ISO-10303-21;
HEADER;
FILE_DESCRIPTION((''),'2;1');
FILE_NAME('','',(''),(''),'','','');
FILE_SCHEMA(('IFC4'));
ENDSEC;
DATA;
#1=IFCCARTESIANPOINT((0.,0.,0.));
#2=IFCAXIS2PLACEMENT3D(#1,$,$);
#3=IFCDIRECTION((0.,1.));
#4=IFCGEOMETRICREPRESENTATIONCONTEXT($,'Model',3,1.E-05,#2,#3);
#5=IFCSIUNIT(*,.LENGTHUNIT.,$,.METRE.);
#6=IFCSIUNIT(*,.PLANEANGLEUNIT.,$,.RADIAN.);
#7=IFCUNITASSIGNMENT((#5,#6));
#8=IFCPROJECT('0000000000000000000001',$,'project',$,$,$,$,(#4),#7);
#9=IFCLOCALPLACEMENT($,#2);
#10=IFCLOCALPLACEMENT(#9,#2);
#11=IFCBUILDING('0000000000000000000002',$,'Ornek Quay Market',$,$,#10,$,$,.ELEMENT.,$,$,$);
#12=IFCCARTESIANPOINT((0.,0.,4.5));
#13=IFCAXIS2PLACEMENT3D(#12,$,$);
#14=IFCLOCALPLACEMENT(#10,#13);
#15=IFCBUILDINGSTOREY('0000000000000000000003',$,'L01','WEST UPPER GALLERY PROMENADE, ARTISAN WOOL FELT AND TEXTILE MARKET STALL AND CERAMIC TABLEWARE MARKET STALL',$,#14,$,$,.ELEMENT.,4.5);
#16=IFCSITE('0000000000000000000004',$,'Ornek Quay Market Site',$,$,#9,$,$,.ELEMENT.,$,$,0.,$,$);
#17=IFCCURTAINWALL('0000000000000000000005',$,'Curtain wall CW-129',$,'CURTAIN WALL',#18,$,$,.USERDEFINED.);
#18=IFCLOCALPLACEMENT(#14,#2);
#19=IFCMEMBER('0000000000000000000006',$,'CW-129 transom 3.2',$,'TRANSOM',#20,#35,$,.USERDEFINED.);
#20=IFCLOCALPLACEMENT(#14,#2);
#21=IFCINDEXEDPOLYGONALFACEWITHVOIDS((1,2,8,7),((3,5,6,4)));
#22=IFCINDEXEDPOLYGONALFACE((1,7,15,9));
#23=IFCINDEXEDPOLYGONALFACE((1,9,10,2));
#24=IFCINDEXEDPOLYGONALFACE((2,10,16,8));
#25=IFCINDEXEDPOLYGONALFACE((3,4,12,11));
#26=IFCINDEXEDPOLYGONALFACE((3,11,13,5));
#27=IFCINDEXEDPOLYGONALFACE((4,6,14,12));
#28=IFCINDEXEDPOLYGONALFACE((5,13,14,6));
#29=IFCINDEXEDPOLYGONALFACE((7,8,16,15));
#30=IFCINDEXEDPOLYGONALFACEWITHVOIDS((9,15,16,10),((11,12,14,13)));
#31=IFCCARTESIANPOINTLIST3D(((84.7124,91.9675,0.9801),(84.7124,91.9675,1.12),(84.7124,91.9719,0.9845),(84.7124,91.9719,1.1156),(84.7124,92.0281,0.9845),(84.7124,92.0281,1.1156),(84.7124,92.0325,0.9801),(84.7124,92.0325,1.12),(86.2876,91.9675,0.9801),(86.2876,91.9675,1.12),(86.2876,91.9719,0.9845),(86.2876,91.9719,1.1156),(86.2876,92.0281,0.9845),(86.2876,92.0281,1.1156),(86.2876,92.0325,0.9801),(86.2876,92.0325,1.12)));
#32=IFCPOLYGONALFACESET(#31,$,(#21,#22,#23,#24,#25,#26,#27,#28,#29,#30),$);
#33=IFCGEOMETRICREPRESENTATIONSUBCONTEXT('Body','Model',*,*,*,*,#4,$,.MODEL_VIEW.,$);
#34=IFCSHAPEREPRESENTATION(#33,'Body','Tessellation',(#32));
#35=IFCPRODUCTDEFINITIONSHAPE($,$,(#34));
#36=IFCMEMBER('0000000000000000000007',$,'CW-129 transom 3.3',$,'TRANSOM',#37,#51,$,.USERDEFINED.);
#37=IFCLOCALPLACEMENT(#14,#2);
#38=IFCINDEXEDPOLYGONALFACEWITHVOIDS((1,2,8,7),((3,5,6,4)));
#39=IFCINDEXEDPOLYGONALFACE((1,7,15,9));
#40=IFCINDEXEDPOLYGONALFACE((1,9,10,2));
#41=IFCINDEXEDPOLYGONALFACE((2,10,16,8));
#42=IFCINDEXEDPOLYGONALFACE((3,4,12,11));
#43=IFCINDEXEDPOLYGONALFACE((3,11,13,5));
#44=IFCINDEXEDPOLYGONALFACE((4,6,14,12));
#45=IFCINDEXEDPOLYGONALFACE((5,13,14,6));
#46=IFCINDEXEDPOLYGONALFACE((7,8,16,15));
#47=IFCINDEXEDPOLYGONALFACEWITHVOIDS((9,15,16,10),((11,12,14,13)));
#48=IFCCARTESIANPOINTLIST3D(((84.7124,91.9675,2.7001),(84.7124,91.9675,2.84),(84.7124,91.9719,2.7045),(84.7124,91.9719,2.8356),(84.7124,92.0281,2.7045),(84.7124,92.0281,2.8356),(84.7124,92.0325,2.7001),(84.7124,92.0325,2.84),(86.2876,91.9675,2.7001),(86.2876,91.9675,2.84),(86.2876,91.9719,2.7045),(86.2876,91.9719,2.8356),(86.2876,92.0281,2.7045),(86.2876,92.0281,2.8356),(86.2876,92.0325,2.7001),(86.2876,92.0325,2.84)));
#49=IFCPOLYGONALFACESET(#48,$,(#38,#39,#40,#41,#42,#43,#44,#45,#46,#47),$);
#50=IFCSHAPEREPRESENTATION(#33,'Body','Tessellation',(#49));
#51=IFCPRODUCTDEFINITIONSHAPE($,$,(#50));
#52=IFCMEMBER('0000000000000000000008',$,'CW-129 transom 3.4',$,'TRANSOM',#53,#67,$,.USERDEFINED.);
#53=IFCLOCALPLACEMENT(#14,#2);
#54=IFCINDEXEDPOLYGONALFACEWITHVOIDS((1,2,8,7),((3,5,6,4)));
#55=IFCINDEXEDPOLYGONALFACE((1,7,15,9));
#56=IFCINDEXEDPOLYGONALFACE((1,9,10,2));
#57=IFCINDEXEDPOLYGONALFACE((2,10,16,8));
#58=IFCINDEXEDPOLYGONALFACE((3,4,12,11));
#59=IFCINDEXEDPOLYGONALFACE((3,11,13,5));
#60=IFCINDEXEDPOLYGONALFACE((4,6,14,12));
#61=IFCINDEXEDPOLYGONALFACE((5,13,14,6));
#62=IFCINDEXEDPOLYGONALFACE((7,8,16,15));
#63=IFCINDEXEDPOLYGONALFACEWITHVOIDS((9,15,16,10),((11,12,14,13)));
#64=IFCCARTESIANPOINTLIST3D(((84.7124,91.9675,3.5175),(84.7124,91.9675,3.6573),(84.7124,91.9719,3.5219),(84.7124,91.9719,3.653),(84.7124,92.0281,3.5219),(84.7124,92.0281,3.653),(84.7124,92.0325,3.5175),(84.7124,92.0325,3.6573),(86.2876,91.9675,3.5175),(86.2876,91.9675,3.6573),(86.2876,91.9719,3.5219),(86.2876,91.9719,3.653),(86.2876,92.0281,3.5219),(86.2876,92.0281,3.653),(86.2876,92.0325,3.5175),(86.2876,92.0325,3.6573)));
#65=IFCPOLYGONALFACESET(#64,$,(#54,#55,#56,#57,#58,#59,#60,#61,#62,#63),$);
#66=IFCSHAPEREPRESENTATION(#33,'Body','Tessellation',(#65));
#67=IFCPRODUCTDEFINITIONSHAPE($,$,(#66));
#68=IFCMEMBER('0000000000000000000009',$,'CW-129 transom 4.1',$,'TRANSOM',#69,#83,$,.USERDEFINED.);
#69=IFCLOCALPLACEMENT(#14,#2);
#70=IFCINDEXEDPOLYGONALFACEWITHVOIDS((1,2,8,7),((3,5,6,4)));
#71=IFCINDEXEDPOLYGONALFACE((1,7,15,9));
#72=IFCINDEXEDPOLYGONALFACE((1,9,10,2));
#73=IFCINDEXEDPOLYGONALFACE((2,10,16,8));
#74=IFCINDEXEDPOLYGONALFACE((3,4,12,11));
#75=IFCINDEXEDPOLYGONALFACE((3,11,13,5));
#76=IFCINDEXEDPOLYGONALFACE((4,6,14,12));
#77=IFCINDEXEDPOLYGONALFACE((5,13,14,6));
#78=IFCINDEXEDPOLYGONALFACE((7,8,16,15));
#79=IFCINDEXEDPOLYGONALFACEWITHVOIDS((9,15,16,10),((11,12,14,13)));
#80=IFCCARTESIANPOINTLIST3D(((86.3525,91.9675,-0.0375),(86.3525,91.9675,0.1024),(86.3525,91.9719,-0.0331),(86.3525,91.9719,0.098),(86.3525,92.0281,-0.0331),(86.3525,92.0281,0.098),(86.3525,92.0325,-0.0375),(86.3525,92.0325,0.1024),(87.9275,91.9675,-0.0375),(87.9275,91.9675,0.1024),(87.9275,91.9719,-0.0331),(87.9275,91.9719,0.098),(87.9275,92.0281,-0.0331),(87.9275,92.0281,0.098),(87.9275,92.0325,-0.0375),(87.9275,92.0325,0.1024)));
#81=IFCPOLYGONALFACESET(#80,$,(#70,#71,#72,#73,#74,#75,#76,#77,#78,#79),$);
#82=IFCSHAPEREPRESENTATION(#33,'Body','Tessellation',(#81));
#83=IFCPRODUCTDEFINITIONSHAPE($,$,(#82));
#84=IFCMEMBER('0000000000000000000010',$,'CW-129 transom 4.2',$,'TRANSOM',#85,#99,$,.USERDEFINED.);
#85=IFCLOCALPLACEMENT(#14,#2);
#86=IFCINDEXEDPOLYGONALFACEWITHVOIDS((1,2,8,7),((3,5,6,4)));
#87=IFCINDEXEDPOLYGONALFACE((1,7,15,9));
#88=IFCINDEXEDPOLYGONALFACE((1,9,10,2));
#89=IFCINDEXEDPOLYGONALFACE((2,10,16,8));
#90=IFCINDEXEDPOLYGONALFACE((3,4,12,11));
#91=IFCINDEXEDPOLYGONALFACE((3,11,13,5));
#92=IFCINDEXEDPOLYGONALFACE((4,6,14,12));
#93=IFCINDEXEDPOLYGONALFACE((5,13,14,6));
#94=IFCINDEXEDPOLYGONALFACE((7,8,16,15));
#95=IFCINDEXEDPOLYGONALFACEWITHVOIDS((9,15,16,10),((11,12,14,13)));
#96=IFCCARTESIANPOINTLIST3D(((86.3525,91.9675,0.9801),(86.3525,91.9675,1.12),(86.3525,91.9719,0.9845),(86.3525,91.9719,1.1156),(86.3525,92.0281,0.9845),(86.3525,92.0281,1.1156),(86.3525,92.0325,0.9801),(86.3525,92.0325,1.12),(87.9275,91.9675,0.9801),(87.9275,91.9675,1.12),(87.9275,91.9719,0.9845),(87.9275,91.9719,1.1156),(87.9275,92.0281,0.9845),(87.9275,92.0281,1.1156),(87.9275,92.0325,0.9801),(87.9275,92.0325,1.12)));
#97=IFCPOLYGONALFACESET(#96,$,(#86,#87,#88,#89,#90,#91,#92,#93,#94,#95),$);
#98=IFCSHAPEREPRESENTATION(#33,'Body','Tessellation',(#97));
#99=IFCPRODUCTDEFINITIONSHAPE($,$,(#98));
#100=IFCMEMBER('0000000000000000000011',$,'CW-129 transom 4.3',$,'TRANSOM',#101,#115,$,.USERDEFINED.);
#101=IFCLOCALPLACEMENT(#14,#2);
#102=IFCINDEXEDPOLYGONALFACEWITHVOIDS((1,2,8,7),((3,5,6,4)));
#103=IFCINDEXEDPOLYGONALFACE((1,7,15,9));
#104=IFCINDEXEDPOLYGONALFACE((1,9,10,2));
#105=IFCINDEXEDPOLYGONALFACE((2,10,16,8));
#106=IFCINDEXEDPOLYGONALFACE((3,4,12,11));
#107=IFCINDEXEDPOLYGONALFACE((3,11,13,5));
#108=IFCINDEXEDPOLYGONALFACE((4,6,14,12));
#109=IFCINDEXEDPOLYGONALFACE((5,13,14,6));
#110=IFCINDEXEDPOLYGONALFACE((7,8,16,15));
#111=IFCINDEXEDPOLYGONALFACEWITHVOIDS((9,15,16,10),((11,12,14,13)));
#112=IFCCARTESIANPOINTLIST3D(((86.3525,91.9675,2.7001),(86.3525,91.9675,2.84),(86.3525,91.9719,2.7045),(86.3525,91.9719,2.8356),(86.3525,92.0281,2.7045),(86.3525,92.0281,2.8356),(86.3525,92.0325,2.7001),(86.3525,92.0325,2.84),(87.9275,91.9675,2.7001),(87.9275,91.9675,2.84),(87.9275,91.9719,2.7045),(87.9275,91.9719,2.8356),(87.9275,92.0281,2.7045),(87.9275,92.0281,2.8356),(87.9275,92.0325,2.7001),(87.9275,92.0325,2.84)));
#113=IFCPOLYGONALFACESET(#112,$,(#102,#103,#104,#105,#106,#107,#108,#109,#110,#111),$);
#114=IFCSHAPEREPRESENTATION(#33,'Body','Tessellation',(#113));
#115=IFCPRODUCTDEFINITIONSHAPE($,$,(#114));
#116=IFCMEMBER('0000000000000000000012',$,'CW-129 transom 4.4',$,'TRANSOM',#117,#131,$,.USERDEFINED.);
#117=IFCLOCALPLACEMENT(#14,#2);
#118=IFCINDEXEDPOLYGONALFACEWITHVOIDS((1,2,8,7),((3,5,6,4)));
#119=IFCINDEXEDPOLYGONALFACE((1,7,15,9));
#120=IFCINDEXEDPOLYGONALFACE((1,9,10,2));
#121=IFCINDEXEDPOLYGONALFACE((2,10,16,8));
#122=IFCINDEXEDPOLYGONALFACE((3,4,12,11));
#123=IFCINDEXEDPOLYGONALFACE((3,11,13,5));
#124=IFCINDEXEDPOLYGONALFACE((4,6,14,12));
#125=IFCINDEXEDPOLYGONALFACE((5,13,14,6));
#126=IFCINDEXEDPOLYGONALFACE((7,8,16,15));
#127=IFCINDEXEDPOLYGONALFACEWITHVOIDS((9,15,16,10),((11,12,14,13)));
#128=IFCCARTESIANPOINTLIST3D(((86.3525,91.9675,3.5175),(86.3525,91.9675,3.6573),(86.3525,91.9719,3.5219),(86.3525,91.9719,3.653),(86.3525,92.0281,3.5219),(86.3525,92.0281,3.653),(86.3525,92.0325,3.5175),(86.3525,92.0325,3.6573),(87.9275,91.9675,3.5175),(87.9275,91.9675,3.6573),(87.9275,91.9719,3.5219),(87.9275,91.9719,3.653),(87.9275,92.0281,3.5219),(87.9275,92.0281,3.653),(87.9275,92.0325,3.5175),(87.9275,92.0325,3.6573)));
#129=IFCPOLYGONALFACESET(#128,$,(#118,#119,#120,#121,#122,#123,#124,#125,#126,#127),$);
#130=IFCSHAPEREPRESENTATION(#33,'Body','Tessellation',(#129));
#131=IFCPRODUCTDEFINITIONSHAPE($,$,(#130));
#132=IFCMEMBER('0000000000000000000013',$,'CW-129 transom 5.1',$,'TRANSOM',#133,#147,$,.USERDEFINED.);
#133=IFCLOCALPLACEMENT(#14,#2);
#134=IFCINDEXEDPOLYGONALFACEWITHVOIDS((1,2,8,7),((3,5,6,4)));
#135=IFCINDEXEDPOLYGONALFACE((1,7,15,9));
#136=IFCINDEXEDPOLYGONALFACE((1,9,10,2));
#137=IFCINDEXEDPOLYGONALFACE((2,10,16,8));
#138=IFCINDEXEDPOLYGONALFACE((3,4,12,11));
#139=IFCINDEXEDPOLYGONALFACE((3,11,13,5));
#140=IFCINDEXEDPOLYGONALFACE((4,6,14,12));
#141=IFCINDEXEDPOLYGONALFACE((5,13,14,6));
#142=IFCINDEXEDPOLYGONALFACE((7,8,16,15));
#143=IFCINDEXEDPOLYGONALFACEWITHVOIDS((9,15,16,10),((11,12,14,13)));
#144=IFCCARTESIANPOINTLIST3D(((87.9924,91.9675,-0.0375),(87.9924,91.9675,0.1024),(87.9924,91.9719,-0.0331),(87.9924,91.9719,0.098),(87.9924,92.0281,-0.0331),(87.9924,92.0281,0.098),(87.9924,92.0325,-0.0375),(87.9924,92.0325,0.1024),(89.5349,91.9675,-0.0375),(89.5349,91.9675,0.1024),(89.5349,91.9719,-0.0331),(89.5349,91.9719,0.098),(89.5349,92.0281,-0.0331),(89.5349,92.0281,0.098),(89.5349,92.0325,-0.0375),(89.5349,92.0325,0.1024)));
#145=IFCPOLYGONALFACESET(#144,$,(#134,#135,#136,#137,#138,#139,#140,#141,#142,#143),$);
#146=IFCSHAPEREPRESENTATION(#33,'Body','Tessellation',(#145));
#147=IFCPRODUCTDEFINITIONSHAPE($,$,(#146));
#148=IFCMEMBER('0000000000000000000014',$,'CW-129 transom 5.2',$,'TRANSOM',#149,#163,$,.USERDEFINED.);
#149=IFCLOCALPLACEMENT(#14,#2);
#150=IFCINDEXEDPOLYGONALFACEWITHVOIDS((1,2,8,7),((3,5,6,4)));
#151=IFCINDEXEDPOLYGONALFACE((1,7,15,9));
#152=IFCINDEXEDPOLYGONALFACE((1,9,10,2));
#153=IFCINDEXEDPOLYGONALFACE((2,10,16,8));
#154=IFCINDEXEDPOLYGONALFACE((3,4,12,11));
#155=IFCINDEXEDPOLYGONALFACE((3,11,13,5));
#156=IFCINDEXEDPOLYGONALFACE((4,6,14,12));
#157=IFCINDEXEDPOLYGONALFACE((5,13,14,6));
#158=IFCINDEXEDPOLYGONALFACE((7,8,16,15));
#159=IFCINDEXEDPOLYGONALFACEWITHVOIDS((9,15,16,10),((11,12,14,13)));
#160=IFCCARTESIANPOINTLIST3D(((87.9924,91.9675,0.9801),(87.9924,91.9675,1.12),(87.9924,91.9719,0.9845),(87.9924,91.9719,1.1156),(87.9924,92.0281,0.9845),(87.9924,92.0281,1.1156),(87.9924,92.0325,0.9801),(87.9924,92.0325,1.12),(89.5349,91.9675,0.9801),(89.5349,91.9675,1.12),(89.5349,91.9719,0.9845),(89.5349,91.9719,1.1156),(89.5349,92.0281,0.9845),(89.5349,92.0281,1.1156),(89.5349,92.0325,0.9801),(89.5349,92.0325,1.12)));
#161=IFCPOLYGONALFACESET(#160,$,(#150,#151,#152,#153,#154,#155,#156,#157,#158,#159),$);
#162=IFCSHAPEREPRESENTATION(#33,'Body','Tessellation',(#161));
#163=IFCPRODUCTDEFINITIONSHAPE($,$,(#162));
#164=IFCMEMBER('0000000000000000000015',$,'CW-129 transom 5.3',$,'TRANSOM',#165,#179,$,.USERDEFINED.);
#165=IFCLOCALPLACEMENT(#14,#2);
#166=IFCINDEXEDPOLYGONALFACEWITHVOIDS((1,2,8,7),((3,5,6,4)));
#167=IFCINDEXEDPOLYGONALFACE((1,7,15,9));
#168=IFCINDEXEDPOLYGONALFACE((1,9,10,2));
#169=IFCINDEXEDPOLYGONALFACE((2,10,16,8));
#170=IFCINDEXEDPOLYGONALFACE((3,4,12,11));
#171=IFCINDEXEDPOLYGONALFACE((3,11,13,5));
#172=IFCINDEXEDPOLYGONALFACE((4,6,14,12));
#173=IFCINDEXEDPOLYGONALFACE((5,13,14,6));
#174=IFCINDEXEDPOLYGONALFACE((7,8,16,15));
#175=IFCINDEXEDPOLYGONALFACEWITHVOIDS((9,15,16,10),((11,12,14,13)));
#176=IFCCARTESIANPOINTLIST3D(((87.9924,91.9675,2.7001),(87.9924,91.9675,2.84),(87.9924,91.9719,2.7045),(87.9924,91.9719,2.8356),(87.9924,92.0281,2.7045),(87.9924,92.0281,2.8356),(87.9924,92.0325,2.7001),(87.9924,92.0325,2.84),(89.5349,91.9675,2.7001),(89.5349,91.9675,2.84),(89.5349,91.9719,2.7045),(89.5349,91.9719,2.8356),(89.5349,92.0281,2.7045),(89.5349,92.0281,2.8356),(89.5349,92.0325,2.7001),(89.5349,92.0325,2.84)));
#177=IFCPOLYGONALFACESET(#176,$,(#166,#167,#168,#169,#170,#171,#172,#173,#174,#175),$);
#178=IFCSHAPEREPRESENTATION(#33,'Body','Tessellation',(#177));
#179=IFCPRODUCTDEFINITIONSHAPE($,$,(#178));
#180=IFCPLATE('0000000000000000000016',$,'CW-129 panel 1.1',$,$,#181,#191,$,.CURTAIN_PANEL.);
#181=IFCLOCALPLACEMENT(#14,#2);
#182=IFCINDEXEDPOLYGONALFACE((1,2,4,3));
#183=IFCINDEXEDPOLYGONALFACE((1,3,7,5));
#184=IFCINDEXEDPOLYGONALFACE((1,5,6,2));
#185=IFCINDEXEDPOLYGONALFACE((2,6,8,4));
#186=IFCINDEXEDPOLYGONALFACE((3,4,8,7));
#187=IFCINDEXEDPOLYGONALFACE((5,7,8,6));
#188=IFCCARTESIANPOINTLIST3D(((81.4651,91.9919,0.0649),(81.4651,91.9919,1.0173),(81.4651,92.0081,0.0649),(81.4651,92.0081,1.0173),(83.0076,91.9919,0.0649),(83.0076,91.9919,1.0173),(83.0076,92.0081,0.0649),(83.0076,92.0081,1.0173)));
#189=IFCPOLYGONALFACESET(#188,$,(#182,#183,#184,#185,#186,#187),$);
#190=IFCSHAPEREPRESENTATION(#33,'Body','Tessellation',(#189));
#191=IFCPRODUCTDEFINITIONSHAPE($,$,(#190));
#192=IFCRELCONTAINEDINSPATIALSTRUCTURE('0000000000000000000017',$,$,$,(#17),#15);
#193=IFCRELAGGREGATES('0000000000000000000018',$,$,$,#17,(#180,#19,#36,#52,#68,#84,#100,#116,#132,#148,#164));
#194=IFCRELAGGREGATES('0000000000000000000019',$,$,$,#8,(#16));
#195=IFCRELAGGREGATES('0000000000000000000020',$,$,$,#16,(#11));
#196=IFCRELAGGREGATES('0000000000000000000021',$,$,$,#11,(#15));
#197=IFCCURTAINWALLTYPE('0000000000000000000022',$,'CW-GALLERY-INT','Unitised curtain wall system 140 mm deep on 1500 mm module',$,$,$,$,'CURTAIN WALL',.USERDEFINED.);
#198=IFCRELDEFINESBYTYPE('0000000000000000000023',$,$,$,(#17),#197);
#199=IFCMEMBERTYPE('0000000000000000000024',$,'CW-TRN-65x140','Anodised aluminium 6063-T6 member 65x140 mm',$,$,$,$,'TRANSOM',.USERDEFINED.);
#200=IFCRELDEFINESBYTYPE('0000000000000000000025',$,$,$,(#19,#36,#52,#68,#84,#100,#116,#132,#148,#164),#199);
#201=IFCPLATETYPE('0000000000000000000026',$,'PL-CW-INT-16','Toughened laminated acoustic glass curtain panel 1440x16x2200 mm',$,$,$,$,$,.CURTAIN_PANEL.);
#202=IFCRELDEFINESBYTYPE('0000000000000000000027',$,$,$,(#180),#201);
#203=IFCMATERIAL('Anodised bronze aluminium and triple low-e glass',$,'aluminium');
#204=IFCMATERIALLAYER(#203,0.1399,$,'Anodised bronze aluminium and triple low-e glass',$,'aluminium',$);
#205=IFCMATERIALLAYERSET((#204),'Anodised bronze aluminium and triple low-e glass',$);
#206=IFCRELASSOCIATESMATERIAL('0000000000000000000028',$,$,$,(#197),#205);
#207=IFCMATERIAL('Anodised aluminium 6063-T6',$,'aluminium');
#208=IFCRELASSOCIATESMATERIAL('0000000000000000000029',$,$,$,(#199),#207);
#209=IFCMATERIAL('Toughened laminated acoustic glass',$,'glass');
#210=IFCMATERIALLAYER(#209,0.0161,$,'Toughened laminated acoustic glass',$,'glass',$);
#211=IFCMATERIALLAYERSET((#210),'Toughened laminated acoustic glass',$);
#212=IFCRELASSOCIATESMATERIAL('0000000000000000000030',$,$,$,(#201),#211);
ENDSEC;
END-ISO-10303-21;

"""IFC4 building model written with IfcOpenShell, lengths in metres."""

from ifc_helpers import new_model, si_unit, direction, frame, origin, origin_2d, place, context, subcontext, project, spatial, rectangle, hollow_rectangle, extrude, material, layer, layer_set, material_profile, profile_set, type_object, element, aggregate, save


model = new_model("IFC4")

# Units and contexts
model_context = context("Model", 3, precision=1e-05, world=origin(), true_north=direction((0.0, 1.0)))
body_context = subcontext(model_context, "Body", "Model", "MODEL_VIEW")
ifc_project = project(units=[si_unit("LENGTHUNIT", "METRE"), si_unit("PLANEANGLEUNIT", "RADIAN")], contexts=[model_context])

# Site, building, storey
site_placement = place(None, origin())
site = spatial("IfcSite", under=ifc_project, at=site_placement, Name="Ornek Quay Market Site", CompositionType="ELEMENT", RefElevation=0.0)
building_placement = place(site_placement, origin())
building = spatial("IfcBuilding", under=site, at=building_placement, Name="Ornek Quay Market", CompositionType="ELEMENT")
storey_placement = place(building_placement, frame((0.0, 0.0, 4.5)))
storey = spatial("IfcBuildingStorey", under=building, at=storey_placement, Name="L01", Description="WEST UPPER GALLERY PROMENADE, ARTISAN WOOL FELT AND TEXTILE MARKET STALL AND CERAMIC TABLEWARE MARKET STALL", CompositionType="ELEMENT", Elevation=4.5)

# Curtain wall, members, plate
ifc_material_1 = material(Name="Anodised bronze aluminium and triple low-e glass", Category="aluminium")
ifc_layer_1 = layer(ifc_material_1, 0.1399, Name="Anodised bronze aluminium and triple low-e glass", Category="aluminium")
ifc_layer_set_1 = layer_set([ifc_layer_1], Name="Anodised bronze aluminium and triple low-e glass")
curtain_wall_type = type_object("IfcCurtainWallType", Name="CW-GALLERY-INT", Description="Unitised curtain wall system 140 mm deep on 1500 mm module", ElementType="CURTAIN WALL", PredefinedType="USERDEFINED", material=ifc_layer_set_1)
curtain_wall_placement = place(storey_placement, origin())
curtain_wall = element("IfcCurtainWall", 1, at=curtain_wall_placement, inside=storey, type_object=curtain_wall_type, Name="Curtain wall CW-129", ObjectType="CURTAIN WALL", PredefinedType="USERDEFINED")
ifc_material_2 = material(Name="Anodised aluminium 6063-T6", Category="aluminium")
ifc_material_profile_1 = material_profile(ifc_material_2, hollow_rectangle(XDim=0.0649, YDim=0.1399, WallThickness=0.0044, at=origin_2d()), Name="CW-TRN-65x140", Category="aluminium")
ifc_profile_set_1 = profile_set([ifc_material_profile_1], Name="Anodised aluminium 6063-T6")
member_type_1 = type_object("IfcMemberType", Name="CW-TRN-65x140", Description="Anodised aluminium 6063-T6 member 65x140 mm", ElementType="TRANSOM", PredefinedType="USERDEFINED", material=ifc_profile_set_1)
member_1_placement = place(storey_placement, frame((84.7124, 92.0, 1.05), z_axis=(1.0, 0.0, 0.0), x_axis=(0.0, 1.0, 0.0)))
member_1 = element("IfcMember", 2, at=member_1_placement, type_object=member_type_1, Name="CW-129 transom 3.2", ObjectType="TRANSOM", PredefinedType="USERDEFINED", context=body_context, shape_type="SweptSolid", body=[
    extrude(hollow_rectangle(XDim=0.0649, YDim=0.1399, WallThickness=0.0044, at=origin_2d()), origin(), (0.0, 0.0, 1.0), 1.5752),
])
member_2_placement = place(storey_placement, frame((84.7124, 92.0, 2.77), z_axis=(1.0, 0.0, 0.0), x_axis=(0.0, 1.0, 0.0)))
member_2 = element("IfcMember", 3, at=member_2_placement, type_object=member_type_1, Name="CW-129 transom 3.3", ObjectType="TRANSOM", PredefinedType="USERDEFINED", context=body_context, shape_type="SweptSolid", body=[
    extrude(hollow_rectangle(XDim=0.0649, YDim=0.1399, WallThickness=0.0044, at=origin_2d()), origin(), (0.0, 0.0, 1.0), 1.5752),
])
member_3_placement = place(storey_placement, frame((84.7124, 92.0, 3.5874), z_axis=(1.0, 0.0, 0.0), x_axis=(0.0, 1.0, 0.0)))
member_3 = element("IfcMember", 4, at=member_3_placement, type_object=member_type_1, Name="CW-129 transom 3.4", ObjectType="TRANSOM", PredefinedType="USERDEFINED", context=body_context, shape_type="SweptSolid", body=[
    extrude(hollow_rectangle(XDim=0.0649, YDim=0.1399, WallThickness=0.0044, at=origin_2d()), origin(), (0.0, 0.0, 1.0), 1.5752),
])
member_4_placement = place(storey_placement, frame((86.3525, 92.0, 0.0325), z_axis=(1.0, 0.0, 0.0), x_axis=(0.0, 1.0, 0.0)))
member_4 = element("IfcMember", 5, at=member_4_placement, type_object=member_type_1, Name="CW-129 transom 4.1", ObjectType="TRANSOM", PredefinedType="USERDEFINED", context=body_context, shape_type="SweptSolid", body=[
    extrude(hollow_rectangle(XDim=0.0649, YDim=0.1399, WallThickness=0.0044, at=origin_2d()), origin(), (0.0, 0.0, 1.0), 1.575),
])
member_5_placement = place(storey_placement, frame((86.3525, 92.0, 1.05), z_axis=(1.0, 0.0, 0.0), x_axis=(0.0, 1.0, 0.0)))
member_5 = element("IfcMember", 6, at=member_5_placement, type_object=member_type_1, Name="CW-129 transom 4.2", ObjectType="TRANSOM", PredefinedType="USERDEFINED", context=body_context, shape_type="SweptSolid", body=[
    extrude(hollow_rectangle(XDim=0.0649, YDim=0.1399, WallThickness=0.0044, at=origin_2d()), origin(), (0.0, 0.0, 1.0), 1.575),
])
member_6_placement = place(storey_placement, frame((86.3525, 92.0, 2.77), z_axis=(1.0, 0.0, 0.0), x_axis=(0.0, 1.0, 0.0)))
member_6 = element("IfcMember", 7, at=member_6_placement, type_object=member_type_1, Name="CW-129 transom 4.3", ObjectType="TRANSOM", PredefinedType="USERDEFINED", context=body_context, shape_type="SweptSolid", body=[
    extrude(hollow_rectangle(XDim=0.0649, YDim=0.1399, WallThickness=0.0044, at=origin_2d()), origin(), (0.0, 0.0, 1.0), 1.575),
])
member_7_placement = place(storey_placement, frame((86.3525, 92.0, 3.5874), z_axis=(1.0, 0.0, 0.0), x_axis=(0.0, 1.0, 0.0)))
member_7 = element("IfcMember", 8, at=member_7_placement, type_object=member_type_1, Name="CW-129 transom 4.4", ObjectType="TRANSOM", PredefinedType="USERDEFINED", context=body_context, shape_type="SweptSolid", body=[
    extrude(hollow_rectangle(XDim=0.0649, YDim=0.1399, WallThickness=0.0044, at=origin_2d()), origin(), (0.0, 0.0, 1.0), 1.575),
])
member_8_placement = place(storey_placement, frame((87.9924, 92.0, 0.0325), z_axis=(1.0, 0.0, 0.0), x_axis=(0.0, 1.0, 0.0)))
member_8 = element("IfcMember", 9, at=member_8_placement, type_object=member_type_1, Name="CW-129 transom 5.1", ObjectType="TRANSOM", PredefinedType="USERDEFINED", context=body_context, shape_type="SweptSolid", body=[
    extrude(hollow_rectangle(XDim=0.0649, YDim=0.1399, WallThickness=0.0044, at=origin_2d()), origin(), (0.0, 0.0, 1.0), 1.5425),
])
member_9_placement = place(storey_placement, frame((87.9924, 92.0, 1.05), z_axis=(1.0, 0.0, 0.0), x_axis=(0.0, 1.0, 0.0)))
member_9 = element("IfcMember", 10, at=member_9_placement, type_object=member_type_1, Name="CW-129 transom 5.2", ObjectType="TRANSOM", PredefinedType="USERDEFINED", context=body_context, shape_type="SweptSolid", body=[
    extrude(hollow_rectangle(XDim=0.0649, YDim=0.1399, WallThickness=0.0044, at=origin_2d()), origin(), (0.0, 0.0, 1.0), 1.5425),
])
member_10_placement = place(storey_placement, frame((87.9924, 92.0, 2.77), z_axis=(1.0, 0.0, 0.0), x_axis=(0.0, 1.0, 0.0)))
member_10 = element("IfcMember", 11, at=member_10_placement, type_object=member_type_1, Name="CW-129 transom 5.3", ObjectType="TRANSOM", PredefinedType="USERDEFINED", context=body_context, shape_type="SweptSolid", body=[
    extrude(hollow_rectangle(XDim=0.0649, YDim=0.1399, WallThickness=0.0044, at=origin_2d()), origin(), (0.0, 0.0, 1.0), 1.5425),
])
ifc_material_3 = material(Name="Toughened laminated acoustic glass", Category="glass")
ifc_layer_2 = layer(ifc_material_3, 0.0161, Name="Toughened laminated acoustic glass", Category="glass")
ifc_layer_set_2 = layer_set([ifc_layer_2], Name="Toughened laminated acoustic glass")
plate_type = type_object("IfcPlateType", Name="PL-CW-INT-16", Description="Toughened laminated acoustic glass curtain panel 1440x16x2200 mm", PredefinedType="CURTAIN_PANEL", material=ifc_layer_set_2)
plate_1_placement = place(storey_placement, frame((82.2363, 92.0, 0.0649), z_axis=(0.0, 0.0, 1.0), x_axis=(1.0, 0.0, 0.0)))
plate_1 = element("IfcPlate", 12, at=plate_1_placement, type_object=plate_type, Name="CW-129 panel 1.1", PredefinedType="CURTAIN_PANEL", context=body_context, shape_type="SweptSolid", body=[
    extrude(rectangle(XDim=1.5425, YDim=0.0161, at=origin_2d()), origin(), (0.0, 0.0, 1.0), 0.9524),
])
aggregate(curtain_wall, [plate_1, member_1, member_2, member_3, member_4, member_5, member_6, member_7, member_8, member_9, member_10])

save(model, "model.ifc")
